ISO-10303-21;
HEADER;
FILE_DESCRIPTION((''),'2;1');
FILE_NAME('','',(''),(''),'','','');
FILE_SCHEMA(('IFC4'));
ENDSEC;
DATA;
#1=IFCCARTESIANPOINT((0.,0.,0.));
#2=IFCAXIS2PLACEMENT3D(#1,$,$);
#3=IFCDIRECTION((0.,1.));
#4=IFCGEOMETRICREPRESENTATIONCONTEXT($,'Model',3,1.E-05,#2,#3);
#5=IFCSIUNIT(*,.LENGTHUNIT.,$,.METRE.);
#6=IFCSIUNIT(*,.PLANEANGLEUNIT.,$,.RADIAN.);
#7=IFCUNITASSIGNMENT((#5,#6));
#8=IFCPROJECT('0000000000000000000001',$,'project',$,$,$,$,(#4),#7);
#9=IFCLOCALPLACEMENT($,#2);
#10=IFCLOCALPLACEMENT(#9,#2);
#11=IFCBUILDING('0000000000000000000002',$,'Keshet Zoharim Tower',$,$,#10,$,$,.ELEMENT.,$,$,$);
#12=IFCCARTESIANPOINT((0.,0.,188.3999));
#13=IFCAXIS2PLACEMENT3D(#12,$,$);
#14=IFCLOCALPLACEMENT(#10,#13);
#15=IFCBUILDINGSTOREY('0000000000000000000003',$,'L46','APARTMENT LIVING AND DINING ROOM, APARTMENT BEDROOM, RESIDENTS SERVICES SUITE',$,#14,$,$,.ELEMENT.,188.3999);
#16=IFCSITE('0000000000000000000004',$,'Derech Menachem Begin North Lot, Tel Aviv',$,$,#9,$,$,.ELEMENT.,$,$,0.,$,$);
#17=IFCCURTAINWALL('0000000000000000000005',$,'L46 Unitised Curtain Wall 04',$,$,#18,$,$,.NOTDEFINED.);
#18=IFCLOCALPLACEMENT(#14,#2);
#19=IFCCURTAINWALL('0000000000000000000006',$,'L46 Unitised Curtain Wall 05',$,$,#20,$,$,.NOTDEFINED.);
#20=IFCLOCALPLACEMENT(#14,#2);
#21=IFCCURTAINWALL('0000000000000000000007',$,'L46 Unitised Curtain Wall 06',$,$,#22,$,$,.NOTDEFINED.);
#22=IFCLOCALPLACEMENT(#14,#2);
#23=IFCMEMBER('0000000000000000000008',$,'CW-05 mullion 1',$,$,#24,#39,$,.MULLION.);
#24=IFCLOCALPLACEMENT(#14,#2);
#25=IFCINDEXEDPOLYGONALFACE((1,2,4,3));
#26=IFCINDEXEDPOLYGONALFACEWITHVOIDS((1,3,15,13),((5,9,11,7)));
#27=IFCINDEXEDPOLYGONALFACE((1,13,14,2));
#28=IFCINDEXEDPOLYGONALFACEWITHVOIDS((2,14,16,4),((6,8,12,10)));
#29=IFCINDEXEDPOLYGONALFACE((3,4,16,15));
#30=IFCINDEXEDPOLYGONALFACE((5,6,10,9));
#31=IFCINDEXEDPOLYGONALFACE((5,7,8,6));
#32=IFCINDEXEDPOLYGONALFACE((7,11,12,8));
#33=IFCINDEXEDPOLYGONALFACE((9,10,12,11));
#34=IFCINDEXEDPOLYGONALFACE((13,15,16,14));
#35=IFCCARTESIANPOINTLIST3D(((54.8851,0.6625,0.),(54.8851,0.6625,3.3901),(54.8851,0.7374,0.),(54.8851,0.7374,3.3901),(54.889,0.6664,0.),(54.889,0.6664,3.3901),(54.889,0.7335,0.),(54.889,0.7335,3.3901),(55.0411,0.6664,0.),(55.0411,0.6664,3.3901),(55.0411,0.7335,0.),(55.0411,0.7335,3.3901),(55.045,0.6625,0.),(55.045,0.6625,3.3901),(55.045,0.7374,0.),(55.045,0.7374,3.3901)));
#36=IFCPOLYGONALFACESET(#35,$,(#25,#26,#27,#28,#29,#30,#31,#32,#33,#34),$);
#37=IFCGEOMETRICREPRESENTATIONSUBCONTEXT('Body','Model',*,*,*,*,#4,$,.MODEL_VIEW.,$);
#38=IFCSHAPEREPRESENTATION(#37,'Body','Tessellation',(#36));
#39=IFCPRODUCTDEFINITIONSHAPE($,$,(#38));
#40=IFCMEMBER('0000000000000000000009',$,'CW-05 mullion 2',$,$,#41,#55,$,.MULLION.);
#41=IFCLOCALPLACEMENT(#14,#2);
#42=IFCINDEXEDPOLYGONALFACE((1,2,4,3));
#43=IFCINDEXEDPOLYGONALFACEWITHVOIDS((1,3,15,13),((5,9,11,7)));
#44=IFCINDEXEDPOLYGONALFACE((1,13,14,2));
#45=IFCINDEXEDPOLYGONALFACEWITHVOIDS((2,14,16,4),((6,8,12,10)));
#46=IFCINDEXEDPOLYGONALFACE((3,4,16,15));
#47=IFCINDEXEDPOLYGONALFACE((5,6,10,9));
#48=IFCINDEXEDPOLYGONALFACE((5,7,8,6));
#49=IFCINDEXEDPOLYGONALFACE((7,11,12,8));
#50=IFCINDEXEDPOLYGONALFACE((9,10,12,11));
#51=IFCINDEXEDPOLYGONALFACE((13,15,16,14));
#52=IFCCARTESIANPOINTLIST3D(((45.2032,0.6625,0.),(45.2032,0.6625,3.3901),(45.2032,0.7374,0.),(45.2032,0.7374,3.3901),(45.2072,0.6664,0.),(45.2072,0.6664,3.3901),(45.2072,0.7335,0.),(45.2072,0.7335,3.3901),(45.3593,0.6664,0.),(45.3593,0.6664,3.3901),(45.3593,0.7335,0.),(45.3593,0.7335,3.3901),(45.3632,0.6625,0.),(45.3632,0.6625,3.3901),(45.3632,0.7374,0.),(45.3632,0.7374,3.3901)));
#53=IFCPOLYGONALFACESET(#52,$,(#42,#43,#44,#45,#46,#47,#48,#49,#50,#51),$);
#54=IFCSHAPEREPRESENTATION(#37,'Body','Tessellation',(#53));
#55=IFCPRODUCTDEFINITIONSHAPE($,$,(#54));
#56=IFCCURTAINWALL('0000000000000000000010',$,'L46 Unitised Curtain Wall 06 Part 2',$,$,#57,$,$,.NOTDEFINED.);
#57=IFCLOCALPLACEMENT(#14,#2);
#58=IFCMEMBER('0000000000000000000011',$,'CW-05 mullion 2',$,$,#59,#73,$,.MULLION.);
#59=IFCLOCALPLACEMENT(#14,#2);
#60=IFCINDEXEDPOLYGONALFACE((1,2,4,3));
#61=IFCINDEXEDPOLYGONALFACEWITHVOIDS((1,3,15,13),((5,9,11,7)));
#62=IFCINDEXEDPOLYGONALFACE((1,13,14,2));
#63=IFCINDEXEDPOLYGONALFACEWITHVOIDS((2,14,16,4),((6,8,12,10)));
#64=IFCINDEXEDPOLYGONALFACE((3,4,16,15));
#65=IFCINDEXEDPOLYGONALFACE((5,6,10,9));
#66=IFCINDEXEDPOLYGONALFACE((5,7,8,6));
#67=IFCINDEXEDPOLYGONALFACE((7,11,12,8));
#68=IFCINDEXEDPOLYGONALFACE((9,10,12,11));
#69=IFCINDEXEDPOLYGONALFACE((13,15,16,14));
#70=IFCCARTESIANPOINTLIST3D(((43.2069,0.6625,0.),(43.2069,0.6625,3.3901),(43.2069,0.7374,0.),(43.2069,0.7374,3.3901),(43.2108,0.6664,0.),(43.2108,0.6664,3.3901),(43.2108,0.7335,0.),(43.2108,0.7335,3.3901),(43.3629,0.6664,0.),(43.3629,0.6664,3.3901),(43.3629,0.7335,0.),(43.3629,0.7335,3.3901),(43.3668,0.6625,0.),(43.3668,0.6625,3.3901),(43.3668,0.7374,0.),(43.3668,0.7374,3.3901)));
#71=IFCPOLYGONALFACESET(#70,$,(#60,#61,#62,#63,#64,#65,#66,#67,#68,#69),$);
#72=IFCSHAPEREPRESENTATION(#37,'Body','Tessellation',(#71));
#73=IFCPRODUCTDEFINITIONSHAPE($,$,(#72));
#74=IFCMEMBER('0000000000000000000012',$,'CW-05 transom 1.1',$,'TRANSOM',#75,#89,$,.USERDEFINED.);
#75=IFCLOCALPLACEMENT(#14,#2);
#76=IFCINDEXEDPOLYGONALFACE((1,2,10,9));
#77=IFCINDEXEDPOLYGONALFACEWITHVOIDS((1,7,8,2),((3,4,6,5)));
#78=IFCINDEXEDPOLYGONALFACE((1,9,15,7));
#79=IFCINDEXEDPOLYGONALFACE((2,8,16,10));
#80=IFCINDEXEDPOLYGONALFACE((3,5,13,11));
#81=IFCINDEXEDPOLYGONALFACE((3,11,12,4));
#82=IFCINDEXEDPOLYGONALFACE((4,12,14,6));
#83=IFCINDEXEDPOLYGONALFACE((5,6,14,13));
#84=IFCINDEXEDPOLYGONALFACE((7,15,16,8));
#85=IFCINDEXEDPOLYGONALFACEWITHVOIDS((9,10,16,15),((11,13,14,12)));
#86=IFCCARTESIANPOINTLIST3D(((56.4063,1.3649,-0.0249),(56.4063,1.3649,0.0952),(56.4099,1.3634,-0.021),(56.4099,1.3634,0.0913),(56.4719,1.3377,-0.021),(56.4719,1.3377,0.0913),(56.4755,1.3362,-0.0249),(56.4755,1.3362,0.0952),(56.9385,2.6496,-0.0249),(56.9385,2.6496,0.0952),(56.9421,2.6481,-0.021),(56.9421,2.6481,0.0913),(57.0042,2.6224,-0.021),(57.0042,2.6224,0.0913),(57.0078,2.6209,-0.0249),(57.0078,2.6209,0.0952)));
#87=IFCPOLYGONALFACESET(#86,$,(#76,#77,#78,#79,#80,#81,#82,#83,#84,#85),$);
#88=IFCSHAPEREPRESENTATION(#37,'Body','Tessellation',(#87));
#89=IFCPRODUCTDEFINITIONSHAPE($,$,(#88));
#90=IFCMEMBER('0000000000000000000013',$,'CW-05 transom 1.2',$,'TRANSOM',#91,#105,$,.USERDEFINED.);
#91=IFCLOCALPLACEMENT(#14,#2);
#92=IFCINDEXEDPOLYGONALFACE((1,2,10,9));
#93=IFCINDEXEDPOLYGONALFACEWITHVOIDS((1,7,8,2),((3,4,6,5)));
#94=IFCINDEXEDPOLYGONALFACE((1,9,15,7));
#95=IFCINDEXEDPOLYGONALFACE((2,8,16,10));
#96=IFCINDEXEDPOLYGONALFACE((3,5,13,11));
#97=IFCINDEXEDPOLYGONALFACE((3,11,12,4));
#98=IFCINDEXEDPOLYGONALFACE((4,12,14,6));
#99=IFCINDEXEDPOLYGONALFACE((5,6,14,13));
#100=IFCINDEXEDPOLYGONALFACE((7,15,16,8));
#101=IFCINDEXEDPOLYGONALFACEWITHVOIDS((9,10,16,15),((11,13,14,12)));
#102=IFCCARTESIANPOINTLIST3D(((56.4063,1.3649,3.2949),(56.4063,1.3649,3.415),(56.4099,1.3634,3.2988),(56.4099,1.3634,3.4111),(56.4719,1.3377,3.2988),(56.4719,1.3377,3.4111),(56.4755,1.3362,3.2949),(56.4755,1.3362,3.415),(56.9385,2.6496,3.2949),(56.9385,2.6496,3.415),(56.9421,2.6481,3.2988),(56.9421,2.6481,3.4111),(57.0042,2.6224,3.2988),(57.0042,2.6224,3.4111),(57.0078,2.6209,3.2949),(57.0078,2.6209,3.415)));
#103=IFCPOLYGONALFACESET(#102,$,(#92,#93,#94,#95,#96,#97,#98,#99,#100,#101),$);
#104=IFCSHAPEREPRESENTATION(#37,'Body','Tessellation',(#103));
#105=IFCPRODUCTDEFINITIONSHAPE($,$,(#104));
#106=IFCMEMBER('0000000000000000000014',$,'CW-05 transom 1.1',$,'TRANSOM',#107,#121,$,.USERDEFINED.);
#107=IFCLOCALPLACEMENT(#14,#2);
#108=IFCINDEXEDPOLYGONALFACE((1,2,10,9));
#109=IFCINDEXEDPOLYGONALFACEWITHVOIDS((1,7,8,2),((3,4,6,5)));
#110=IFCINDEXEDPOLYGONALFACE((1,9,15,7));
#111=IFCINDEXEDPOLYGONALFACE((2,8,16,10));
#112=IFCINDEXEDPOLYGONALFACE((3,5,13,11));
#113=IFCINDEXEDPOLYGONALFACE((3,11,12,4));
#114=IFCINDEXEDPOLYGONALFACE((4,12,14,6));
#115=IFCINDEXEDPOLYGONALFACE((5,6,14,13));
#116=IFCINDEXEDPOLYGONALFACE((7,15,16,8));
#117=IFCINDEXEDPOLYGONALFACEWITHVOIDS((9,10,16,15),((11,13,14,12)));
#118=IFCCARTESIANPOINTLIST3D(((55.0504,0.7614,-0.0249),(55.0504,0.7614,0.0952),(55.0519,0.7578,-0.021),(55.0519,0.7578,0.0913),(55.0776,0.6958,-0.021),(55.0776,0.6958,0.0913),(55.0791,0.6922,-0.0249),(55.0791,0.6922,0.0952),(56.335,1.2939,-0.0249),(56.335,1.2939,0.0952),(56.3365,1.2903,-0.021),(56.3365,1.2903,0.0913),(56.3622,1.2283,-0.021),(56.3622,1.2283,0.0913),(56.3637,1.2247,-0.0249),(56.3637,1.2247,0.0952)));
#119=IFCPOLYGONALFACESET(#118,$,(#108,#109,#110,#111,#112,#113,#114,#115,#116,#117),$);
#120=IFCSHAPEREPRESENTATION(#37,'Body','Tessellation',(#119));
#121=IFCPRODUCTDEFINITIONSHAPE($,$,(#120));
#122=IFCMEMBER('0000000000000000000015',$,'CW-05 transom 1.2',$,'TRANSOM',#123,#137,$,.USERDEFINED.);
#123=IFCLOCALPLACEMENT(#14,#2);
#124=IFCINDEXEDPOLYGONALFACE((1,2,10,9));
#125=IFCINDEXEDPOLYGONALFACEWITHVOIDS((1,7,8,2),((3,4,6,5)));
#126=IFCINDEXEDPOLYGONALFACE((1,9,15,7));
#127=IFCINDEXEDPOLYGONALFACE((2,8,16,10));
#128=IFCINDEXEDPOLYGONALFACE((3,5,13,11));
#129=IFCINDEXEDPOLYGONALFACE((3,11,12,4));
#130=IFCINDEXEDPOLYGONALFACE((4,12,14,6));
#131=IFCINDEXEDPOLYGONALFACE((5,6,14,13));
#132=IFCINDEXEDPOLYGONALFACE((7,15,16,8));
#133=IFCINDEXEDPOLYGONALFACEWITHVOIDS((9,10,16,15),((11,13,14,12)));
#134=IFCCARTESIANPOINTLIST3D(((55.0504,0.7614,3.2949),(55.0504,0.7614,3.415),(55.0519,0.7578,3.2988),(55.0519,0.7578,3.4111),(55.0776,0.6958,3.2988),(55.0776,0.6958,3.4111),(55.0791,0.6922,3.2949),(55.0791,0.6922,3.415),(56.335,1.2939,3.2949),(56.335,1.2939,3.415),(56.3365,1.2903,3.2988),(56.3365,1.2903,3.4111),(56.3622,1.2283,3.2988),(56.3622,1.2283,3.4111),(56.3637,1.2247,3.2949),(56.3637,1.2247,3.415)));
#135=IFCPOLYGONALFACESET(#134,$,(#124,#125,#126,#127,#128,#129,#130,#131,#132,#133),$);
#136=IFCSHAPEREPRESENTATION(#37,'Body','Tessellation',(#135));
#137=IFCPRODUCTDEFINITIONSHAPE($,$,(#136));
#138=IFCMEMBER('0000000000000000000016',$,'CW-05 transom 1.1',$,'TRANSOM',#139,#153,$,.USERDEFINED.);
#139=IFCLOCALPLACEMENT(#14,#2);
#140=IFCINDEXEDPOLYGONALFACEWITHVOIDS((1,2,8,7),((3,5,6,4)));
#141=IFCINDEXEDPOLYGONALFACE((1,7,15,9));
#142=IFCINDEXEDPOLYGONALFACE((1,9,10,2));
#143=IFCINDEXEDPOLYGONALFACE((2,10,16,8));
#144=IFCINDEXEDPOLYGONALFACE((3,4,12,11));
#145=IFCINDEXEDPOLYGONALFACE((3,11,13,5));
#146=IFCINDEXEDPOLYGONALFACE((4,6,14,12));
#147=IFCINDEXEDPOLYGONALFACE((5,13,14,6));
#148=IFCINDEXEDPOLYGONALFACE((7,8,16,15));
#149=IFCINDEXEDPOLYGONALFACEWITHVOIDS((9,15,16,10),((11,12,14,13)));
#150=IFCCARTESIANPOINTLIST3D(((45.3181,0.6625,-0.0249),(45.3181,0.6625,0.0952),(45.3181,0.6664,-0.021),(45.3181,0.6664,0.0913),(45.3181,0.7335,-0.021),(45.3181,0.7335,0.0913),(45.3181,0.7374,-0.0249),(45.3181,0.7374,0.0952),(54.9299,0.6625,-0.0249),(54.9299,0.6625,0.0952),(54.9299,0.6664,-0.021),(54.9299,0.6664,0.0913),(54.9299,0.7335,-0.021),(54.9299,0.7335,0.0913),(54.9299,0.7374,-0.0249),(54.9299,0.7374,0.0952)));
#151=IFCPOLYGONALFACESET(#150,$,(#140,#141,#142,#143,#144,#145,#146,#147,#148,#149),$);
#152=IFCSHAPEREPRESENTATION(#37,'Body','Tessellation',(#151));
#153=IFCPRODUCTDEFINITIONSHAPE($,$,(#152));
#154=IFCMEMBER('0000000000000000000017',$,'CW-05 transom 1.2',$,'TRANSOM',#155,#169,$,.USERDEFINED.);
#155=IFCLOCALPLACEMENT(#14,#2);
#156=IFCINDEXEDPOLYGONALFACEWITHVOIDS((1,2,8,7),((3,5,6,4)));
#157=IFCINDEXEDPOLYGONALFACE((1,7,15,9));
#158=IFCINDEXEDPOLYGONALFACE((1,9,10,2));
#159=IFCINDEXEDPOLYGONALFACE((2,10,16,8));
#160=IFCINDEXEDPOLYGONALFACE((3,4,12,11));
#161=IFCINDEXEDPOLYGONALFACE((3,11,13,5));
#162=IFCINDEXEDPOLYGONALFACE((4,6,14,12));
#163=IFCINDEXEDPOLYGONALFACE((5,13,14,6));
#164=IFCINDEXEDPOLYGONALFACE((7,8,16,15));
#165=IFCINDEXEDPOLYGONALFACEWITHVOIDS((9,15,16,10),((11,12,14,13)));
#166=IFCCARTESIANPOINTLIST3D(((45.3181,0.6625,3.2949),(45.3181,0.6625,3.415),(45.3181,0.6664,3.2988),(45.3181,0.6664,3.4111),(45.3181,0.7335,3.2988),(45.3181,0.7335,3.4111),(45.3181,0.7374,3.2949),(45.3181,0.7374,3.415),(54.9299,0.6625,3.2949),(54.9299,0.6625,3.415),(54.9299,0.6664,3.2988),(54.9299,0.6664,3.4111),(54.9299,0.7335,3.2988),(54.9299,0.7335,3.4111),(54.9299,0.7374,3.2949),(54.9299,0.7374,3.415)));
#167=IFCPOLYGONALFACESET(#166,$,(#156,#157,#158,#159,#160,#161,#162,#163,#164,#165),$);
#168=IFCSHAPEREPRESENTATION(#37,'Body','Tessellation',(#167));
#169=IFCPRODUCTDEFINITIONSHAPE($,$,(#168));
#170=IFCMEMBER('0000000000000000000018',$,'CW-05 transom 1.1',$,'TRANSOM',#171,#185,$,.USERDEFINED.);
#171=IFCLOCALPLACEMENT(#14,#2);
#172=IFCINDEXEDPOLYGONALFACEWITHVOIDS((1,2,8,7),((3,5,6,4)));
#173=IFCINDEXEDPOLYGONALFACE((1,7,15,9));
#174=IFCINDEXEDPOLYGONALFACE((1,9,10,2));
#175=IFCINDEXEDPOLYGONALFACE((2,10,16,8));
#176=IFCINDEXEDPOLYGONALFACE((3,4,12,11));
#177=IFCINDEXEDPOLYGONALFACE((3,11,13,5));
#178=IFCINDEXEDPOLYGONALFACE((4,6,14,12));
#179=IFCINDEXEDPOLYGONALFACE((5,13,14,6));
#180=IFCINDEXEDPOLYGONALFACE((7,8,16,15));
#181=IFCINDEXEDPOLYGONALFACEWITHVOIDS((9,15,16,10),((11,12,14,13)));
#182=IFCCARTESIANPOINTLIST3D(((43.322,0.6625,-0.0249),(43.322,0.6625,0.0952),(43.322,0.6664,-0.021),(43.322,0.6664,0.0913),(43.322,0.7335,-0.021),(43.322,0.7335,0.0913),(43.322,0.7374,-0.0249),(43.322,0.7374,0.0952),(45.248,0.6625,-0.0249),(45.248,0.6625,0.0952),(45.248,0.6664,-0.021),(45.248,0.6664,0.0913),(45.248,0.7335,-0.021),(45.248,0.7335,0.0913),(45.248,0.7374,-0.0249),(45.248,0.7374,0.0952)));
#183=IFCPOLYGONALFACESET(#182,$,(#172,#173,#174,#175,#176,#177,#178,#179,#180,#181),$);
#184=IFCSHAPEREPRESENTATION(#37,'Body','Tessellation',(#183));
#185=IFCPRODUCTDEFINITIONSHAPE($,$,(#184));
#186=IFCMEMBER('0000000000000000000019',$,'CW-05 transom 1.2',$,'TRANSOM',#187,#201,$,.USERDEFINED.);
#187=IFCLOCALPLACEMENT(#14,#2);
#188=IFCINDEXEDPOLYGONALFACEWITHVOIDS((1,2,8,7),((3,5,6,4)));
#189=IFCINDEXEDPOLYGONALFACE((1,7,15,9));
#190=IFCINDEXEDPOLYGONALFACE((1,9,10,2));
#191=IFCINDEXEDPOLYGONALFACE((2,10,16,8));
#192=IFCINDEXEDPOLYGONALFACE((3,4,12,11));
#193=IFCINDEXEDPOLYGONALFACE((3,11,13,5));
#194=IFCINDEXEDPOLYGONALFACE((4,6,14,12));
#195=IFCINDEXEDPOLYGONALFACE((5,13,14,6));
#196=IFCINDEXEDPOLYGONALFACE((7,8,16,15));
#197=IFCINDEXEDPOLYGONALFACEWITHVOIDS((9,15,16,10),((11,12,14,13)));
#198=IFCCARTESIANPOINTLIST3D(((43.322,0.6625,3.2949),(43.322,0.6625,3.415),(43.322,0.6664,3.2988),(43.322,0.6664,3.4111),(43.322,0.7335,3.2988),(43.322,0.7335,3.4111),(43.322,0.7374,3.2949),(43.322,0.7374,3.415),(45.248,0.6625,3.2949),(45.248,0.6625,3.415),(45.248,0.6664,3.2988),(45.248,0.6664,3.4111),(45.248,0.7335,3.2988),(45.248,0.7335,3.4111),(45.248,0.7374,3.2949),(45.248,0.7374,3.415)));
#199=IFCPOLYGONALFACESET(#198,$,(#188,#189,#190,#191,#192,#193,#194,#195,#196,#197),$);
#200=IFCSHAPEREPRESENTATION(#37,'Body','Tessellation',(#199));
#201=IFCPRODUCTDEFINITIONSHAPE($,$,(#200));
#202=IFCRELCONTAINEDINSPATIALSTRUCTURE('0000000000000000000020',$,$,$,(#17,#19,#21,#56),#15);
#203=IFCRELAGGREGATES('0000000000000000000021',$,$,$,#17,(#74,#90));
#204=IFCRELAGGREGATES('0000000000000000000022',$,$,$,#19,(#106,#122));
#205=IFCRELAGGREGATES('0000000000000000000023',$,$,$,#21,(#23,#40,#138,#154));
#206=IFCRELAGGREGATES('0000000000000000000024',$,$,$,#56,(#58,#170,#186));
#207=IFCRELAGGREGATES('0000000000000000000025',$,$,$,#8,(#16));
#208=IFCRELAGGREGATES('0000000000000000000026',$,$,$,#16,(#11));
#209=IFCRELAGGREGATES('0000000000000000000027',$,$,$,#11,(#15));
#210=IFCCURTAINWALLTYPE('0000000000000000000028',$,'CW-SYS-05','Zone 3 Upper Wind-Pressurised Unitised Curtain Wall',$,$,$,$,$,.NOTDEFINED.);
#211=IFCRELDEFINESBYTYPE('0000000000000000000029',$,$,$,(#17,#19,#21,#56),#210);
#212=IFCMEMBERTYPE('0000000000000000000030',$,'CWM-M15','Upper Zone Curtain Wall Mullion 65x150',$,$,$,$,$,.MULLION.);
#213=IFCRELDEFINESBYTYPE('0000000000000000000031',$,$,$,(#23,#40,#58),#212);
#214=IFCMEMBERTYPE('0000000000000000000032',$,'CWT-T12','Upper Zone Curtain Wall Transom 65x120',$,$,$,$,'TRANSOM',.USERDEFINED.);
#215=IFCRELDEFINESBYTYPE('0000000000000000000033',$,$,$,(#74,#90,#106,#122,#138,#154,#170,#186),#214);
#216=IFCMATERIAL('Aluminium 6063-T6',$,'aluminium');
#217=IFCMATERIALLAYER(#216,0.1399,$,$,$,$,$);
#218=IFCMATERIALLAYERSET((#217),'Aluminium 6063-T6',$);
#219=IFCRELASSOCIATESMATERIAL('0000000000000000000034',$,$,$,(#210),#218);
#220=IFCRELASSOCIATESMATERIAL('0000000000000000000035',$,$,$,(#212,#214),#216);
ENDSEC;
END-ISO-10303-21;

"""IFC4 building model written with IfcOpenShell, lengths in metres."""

from ifc_helpers import new_model, si_unit, direction, frame, origin, origin_2d, place, context, subcontext, project, spatial, hollow_rectangle, extrude, material, layer, layer_set, material_profile, profile_set, type_object, element, aggregate, save


model = new_model("IFC4")

# Units and contexts
model_context = context("Model", 3, precision=1e-05, world=origin(), true_north=direction((0.0, 1.0)))
body_context = subcontext(model_context, "Body", "Model", "MODEL_VIEW")
ifc_project = project(units=[si_unit("LENGTHUNIT", "METRE"), si_unit("PLANEANGLEUNIT", "RADIAN")], contexts=[model_context])

# Site, building, storey
site_placement = place(None, origin())
site = spatial("IfcSite", under=ifc_project, at=site_placement, Name="Derech Menachem Begin North Lot, Tel Aviv", CompositionType="ELEMENT", RefElevation=0.0)
building_placement = place(site_placement, origin())
building = spatial("IfcBuilding", under=site, at=building_placement, Name="Keshet Zoharim Tower", CompositionType="ELEMENT")
storey_placement = place(building_placement, frame((0.0, 0.0, 188.3999)))
storey = spatial("IfcBuildingStorey", under=building, at=storey_placement, Name="L46", Description="APARTMENT LIVING AND DINING ROOM, APARTMENT BEDROOM, RESIDENTS SERVICES SUITE", CompositionType="ELEMENT", Elevation=188.3999)

# Curtain wall
ifc_material_1 = material(Name="Aluminium 6063-T6", Category="aluminium")
ifc_layer_1 = layer(ifc_material_1, 0.1399)
ifc_layer_set_1 = layer_set([ifc_layer_1], Name="Aluminium 6063-T6")
curtain_wall_type = type_object("IfcCurtainWallType", Name="CW-SYS-05", Description="Zone 3 Upper Wind-Pressurised Unitised Curtain Wall", PredefinedType="NOTDEFINED", material=ifc_layer_set_1)
curtain_wall_1_placement = place(storey_placement, origin())
curtain_wall_1 = element("IfcCurtainWall", 1, at=curtain_wall_1_placement, inside=storey, type_object=curtain_wall_type, Name="L46 Unitised Curtain Wall 04", PredefinedType="NOTDEFINED")
ifc_material_profile_1 = material_profile(ifc_material_1, hollow_rectangle(XDim=0.075, YDim=0.1599, WallThickness=0.0039, at=origin_2d()), Name="MUL-75x160")
ifc_profile_set_1 = profile_set([ifc_material_profile_1], Name="Aluminium 6063-T6")
member_type_1 = type_object("IfcMemberType", Name="CWM-M15", Description="Upper Zone Curtain Wall Mullion 65x150", PredefinedType="MULLION", material=ifc_profile_set_1)

# Curtain walls, members
curtain_wall_2_placement = place(storey_placement, origin())
curtain_wall_2 = element("IfcCurtainWall", 2, at=curtain_wall_2_placement, inside=storey, type_object=curtain_wall_type, Name="L46 Unitised Curtain Wall 05", PredefinedType="NOTDEFINED")
curtain_wall_3_placement = place(storey_placement, origin())
curtain_wall_3 = element("IfcCurtainWall", 3, at=curtain_wall_3_placement, inside=storey, type_object=curtain_wall_type, Name="L46 Unitised Curtain Wall 06", PredefinedType="NOTDEFINED")
member_1_placement = place(storey_placement, frame((54.9651, 0.7, 0.0), z_axis=(0.0, 0.0, 1.0), x_axis=(0.0, -1.0, 0.0)))
member_1 = element("IfcMember", 4, at=member_1_placement, type_object=member_type_1, Name="CW-05 mullion 1", PredefinedType="MULLION", context=body_context, shape_type="SweptSolid", body=[
    extrude(hollow_rectangle(XDim=0.075, YDim=0.1599, WallThickness=0.0039, at=origin_2d()), origin(), (0.0, 0.0, 1.0), 3.3901),
])
member_2_placement = place(storey_placement, frame((45.2832, 0.7, 0.0), z_axis=(0.0, 0.0, 1.0), x_axis=(0.0, -1.0, 0.0)))
member_2 = element("IfcMember", 5, at=member_2_placement, type_object=member_type_1, Name="CW-05 mullion 2", PredefinedType="MULLION", context=body_context, shape_type="SweptSolid", body=[
    extrude(hollow_rectangle(XDim=0.075, YDim=0.1599, WallThickness=0.0039, at=origin_2d()), origin(), (0.0, 0.0, 1.0), 3.3901),
])

# Curtain wall, member
curtain_wall_4_placement = place(storey_placement, origin())
curtain_wall_4 = element("IfcCurtainWall", 6, at=curtain_wall_4_placement, inside=storey, type_object=curtain_wall_type, Name="L46 Unitised Curtain Wall 06 Part 2", PredefinedType="NOTDEFINED")
member_3_placement = place(storey_placement, frame((43.2869, 0.7, 0.0), z_axis=(0.0, 0.0, 1.0), x_axis=(0.0, -1.0, 0.0)))
member_3 = element("IfcMember", 7, at=member_3_placement, type_object=member_type_1, Name="CW-05 mullion 2", PredefinedType="MULLION", context=body_context, shape_type="SweptSolid", body=[
    extrude(hollow_rectangle(XDim=0.075, YDim=0.1599, WallThickness=0.0039, at=origin_2d()), origin(), (0.0, 0.0, 1.0), 3.3901),
])

# Members
ifc_material_profile_2 = material_profile(ifc_material_1, hollow_rectangle(XDim=0.075, YDim=0.1201, WallThickness=0.0039, at=origin_2d()), Name="TRN-75x120")
ifc_profile_set_2 = profile_set([ifc_material_profile_2], Name="Aluminium 6063-T6")
member_type_2 = type_object("IfcMemberType", Name="CWT-T12", Description="Upper Zone Curtain Wall Transom 65x120", ElementType="TRANSOM", PredefinedType="USERDEFINED", material=ifc_profile_set_2)
member_4_placement = place(storey_placement, frame((56.9731, 2.6353, 0.0352), z_axis=(-0.382745, -0.923854, 0.0), x_axis=(0.923854, -0.382745, 0.0)))
member_4 = element("IfcMember", 8, at=member_4_placement, type_object=member_type_2, Name="CW-05 transom 1.1", ObjectType="TRANSOM", PredefinedType="USERDEFINED", context=body_context, shape_type="SweptSolid", body=[
    extrude(hollow_rectangle(XDim=0.075, YDim=0.1201, WallThickness=0.0039, at=origin_2d()), origin(), (0.0, 0.0, 1.0), 1.3906),
])
member_5_placement = place(storey_placement, frame((56.9731, 2.6353, 3.355), z_axis=(-0.382745, -0.923854, 0.0), x_axis=(0.923854, -0.382745, 0.0)))
member_5 = element("IfcMember", 9, at=member_5_placement, type_object=member_type_2, Name="CW-05 transom 1.2", ObjectType="TRANSOM", PredefinedType="USERDEFINED", context=body_context, shape_type="SweptSolid", body=[
    extrude(hollow_rectangle(XDim=0.075, YDim=0.1201, WallThickness=0.0039, at=origin_2d()), origin(), (0.0, 0.0, 1.0), 1.3906),
])
member_6_placement = place(storey_placement, frame((56.3494, 1.2593, 0.0352), z_axis=(-0.923792, -0.382894, 0.0), x_axis=(0.382894, -0.923792, 0.0)))
member_6 = element("IfcMember", 10, at=member_6_placement, type_object=member_type_2, Name="CW-05 transom 1.1", ObjectType="TRANSOM", PredefinedType="USERDEFINED", context=body_context, shape_type="SweptSolid", body=[
    extrude(hollow_rectangle(XDim=0.075, YDim=0.1201, WallThickness=0.0039, at=origin_2d()), origin(), (0.0, 0.0, 1.0), 1.3906),
])
member_7_placement = place(storey_placement, frame((56.3494, 1.2593, 3.355), z_axis=(-0.923792, -0.382894, 0.0), x_axis=(0.382894, -0.923792, 0.0)))
member_7 = element("IfcMember", 11, at=member_7_placement, type_object=member_type_2, Name="CW-05 transom 1.2", ObjectType="TRANSOM", PredefinedType="USERDEFINED", context=body_context, shape_type="SweptSolid", body=[
    extrude(hollow_rectangle(XDim=0.075, YDim=0.1201, WallThickness=0.0039, at=origin_2d()), origin(), (0.0, 0.0, 1.0), 1.3906),
])
member_8_placement = place(storey_placement, frame((54.9299, 0.7, 0.0352), z_axis=(-1.0, 0.0, 0.0), x_axis=(0.0, -1.0, 0.0)))
member_8 = element("IfcMember", 12, at=member_8_placement, type_object=member_type_2, Name="CW-05 transom 1.1", ObjectType="TRANSOM", PredefinedType="USERDEFINED", context=body_context, shape_type="SweptSolid", body=[
    extrude(hollow_rectangle(XDim=0.075, YDim=0.1201, WallThickness=0.0039, at=origin_2d()), origin(), (0.0, 0.0, 1.0), 9.6118),
])
member_9_placement = place(storey_placement, frame((54.9299, 0.7, 3.355), z_axis=(-1.0, 0.0, 0.0), x_axis=(0.0, -1.0, 0.0)))
member_9 = element("IfcMember", 13, at=member_9_placement, type_object=member_type_2, Name="CW-05 transom 1.2", ObjectType="TRANSOM", PredefinedType="USERDEFINED", context=body_context, shape_type="SweptSolid", body=[
    extrude(hollow_rectangle(XDim=0.075, YDim=0.1201, WallThickness=0.0039, at=origin_2d()), origin(), (0.0, 0.0, 1.0), 9.6118),
])
member_10_placement = place(storey_placement, frame((45.248, 0.7, 0.0352), z_axis=(-1.0, 0.0, 0.0), x_axis=(0.0, -1.0, 0.0)))
member_10 = element("IfcMember", 14, at=member_10_placement, type_object=member_type_2, Name="CW-05 transom 1.1", ObjectType="TRANSOM", PredefinedType="USERDEFINED", context=body_context, shape_type="SweptSolid", body=[
    extrude(hollow_rectangle(XDim=0.075, YDim=0.1201, WallThickness=0.0039, at=origin_2d()), origin(), (0.0, 0.0, 1.0), 1.926),
])
member_11_placement = place(storey_placement, frame((45.248, 0.7, 3.355), z_axis=(-1.0, 0.0, 0.0), x_axis=(0.0, -1.0, 0.0)))
member_11 = element("IfcMember", 15, at=member_11_placement, type_object=member_type_2, Name="CW-05 transom 1.2", ObjectType="TRANSOM", PredefinedType="USERDEFINED", context=body_context, shape_type="SweptSolid", body=[
    extrude(hollow_rectangle(XDim=0.075, YDim=0.1201, WallThickness=0.0039, at=origin_2d()), origin(), (0.0, 0.0, 1.0), 1.926),
])

aggregate(curtain_wall_1, [member_4, member_5])
aggregate(curtain_wall_2, [member_6, member_7])
aggregate(curtain_wall_3, [member_1, member_2, member_8, member_9])
aggregate(curtain_wall_4, [member_3, member_10, member_11])

save(model, "model.ifc")
